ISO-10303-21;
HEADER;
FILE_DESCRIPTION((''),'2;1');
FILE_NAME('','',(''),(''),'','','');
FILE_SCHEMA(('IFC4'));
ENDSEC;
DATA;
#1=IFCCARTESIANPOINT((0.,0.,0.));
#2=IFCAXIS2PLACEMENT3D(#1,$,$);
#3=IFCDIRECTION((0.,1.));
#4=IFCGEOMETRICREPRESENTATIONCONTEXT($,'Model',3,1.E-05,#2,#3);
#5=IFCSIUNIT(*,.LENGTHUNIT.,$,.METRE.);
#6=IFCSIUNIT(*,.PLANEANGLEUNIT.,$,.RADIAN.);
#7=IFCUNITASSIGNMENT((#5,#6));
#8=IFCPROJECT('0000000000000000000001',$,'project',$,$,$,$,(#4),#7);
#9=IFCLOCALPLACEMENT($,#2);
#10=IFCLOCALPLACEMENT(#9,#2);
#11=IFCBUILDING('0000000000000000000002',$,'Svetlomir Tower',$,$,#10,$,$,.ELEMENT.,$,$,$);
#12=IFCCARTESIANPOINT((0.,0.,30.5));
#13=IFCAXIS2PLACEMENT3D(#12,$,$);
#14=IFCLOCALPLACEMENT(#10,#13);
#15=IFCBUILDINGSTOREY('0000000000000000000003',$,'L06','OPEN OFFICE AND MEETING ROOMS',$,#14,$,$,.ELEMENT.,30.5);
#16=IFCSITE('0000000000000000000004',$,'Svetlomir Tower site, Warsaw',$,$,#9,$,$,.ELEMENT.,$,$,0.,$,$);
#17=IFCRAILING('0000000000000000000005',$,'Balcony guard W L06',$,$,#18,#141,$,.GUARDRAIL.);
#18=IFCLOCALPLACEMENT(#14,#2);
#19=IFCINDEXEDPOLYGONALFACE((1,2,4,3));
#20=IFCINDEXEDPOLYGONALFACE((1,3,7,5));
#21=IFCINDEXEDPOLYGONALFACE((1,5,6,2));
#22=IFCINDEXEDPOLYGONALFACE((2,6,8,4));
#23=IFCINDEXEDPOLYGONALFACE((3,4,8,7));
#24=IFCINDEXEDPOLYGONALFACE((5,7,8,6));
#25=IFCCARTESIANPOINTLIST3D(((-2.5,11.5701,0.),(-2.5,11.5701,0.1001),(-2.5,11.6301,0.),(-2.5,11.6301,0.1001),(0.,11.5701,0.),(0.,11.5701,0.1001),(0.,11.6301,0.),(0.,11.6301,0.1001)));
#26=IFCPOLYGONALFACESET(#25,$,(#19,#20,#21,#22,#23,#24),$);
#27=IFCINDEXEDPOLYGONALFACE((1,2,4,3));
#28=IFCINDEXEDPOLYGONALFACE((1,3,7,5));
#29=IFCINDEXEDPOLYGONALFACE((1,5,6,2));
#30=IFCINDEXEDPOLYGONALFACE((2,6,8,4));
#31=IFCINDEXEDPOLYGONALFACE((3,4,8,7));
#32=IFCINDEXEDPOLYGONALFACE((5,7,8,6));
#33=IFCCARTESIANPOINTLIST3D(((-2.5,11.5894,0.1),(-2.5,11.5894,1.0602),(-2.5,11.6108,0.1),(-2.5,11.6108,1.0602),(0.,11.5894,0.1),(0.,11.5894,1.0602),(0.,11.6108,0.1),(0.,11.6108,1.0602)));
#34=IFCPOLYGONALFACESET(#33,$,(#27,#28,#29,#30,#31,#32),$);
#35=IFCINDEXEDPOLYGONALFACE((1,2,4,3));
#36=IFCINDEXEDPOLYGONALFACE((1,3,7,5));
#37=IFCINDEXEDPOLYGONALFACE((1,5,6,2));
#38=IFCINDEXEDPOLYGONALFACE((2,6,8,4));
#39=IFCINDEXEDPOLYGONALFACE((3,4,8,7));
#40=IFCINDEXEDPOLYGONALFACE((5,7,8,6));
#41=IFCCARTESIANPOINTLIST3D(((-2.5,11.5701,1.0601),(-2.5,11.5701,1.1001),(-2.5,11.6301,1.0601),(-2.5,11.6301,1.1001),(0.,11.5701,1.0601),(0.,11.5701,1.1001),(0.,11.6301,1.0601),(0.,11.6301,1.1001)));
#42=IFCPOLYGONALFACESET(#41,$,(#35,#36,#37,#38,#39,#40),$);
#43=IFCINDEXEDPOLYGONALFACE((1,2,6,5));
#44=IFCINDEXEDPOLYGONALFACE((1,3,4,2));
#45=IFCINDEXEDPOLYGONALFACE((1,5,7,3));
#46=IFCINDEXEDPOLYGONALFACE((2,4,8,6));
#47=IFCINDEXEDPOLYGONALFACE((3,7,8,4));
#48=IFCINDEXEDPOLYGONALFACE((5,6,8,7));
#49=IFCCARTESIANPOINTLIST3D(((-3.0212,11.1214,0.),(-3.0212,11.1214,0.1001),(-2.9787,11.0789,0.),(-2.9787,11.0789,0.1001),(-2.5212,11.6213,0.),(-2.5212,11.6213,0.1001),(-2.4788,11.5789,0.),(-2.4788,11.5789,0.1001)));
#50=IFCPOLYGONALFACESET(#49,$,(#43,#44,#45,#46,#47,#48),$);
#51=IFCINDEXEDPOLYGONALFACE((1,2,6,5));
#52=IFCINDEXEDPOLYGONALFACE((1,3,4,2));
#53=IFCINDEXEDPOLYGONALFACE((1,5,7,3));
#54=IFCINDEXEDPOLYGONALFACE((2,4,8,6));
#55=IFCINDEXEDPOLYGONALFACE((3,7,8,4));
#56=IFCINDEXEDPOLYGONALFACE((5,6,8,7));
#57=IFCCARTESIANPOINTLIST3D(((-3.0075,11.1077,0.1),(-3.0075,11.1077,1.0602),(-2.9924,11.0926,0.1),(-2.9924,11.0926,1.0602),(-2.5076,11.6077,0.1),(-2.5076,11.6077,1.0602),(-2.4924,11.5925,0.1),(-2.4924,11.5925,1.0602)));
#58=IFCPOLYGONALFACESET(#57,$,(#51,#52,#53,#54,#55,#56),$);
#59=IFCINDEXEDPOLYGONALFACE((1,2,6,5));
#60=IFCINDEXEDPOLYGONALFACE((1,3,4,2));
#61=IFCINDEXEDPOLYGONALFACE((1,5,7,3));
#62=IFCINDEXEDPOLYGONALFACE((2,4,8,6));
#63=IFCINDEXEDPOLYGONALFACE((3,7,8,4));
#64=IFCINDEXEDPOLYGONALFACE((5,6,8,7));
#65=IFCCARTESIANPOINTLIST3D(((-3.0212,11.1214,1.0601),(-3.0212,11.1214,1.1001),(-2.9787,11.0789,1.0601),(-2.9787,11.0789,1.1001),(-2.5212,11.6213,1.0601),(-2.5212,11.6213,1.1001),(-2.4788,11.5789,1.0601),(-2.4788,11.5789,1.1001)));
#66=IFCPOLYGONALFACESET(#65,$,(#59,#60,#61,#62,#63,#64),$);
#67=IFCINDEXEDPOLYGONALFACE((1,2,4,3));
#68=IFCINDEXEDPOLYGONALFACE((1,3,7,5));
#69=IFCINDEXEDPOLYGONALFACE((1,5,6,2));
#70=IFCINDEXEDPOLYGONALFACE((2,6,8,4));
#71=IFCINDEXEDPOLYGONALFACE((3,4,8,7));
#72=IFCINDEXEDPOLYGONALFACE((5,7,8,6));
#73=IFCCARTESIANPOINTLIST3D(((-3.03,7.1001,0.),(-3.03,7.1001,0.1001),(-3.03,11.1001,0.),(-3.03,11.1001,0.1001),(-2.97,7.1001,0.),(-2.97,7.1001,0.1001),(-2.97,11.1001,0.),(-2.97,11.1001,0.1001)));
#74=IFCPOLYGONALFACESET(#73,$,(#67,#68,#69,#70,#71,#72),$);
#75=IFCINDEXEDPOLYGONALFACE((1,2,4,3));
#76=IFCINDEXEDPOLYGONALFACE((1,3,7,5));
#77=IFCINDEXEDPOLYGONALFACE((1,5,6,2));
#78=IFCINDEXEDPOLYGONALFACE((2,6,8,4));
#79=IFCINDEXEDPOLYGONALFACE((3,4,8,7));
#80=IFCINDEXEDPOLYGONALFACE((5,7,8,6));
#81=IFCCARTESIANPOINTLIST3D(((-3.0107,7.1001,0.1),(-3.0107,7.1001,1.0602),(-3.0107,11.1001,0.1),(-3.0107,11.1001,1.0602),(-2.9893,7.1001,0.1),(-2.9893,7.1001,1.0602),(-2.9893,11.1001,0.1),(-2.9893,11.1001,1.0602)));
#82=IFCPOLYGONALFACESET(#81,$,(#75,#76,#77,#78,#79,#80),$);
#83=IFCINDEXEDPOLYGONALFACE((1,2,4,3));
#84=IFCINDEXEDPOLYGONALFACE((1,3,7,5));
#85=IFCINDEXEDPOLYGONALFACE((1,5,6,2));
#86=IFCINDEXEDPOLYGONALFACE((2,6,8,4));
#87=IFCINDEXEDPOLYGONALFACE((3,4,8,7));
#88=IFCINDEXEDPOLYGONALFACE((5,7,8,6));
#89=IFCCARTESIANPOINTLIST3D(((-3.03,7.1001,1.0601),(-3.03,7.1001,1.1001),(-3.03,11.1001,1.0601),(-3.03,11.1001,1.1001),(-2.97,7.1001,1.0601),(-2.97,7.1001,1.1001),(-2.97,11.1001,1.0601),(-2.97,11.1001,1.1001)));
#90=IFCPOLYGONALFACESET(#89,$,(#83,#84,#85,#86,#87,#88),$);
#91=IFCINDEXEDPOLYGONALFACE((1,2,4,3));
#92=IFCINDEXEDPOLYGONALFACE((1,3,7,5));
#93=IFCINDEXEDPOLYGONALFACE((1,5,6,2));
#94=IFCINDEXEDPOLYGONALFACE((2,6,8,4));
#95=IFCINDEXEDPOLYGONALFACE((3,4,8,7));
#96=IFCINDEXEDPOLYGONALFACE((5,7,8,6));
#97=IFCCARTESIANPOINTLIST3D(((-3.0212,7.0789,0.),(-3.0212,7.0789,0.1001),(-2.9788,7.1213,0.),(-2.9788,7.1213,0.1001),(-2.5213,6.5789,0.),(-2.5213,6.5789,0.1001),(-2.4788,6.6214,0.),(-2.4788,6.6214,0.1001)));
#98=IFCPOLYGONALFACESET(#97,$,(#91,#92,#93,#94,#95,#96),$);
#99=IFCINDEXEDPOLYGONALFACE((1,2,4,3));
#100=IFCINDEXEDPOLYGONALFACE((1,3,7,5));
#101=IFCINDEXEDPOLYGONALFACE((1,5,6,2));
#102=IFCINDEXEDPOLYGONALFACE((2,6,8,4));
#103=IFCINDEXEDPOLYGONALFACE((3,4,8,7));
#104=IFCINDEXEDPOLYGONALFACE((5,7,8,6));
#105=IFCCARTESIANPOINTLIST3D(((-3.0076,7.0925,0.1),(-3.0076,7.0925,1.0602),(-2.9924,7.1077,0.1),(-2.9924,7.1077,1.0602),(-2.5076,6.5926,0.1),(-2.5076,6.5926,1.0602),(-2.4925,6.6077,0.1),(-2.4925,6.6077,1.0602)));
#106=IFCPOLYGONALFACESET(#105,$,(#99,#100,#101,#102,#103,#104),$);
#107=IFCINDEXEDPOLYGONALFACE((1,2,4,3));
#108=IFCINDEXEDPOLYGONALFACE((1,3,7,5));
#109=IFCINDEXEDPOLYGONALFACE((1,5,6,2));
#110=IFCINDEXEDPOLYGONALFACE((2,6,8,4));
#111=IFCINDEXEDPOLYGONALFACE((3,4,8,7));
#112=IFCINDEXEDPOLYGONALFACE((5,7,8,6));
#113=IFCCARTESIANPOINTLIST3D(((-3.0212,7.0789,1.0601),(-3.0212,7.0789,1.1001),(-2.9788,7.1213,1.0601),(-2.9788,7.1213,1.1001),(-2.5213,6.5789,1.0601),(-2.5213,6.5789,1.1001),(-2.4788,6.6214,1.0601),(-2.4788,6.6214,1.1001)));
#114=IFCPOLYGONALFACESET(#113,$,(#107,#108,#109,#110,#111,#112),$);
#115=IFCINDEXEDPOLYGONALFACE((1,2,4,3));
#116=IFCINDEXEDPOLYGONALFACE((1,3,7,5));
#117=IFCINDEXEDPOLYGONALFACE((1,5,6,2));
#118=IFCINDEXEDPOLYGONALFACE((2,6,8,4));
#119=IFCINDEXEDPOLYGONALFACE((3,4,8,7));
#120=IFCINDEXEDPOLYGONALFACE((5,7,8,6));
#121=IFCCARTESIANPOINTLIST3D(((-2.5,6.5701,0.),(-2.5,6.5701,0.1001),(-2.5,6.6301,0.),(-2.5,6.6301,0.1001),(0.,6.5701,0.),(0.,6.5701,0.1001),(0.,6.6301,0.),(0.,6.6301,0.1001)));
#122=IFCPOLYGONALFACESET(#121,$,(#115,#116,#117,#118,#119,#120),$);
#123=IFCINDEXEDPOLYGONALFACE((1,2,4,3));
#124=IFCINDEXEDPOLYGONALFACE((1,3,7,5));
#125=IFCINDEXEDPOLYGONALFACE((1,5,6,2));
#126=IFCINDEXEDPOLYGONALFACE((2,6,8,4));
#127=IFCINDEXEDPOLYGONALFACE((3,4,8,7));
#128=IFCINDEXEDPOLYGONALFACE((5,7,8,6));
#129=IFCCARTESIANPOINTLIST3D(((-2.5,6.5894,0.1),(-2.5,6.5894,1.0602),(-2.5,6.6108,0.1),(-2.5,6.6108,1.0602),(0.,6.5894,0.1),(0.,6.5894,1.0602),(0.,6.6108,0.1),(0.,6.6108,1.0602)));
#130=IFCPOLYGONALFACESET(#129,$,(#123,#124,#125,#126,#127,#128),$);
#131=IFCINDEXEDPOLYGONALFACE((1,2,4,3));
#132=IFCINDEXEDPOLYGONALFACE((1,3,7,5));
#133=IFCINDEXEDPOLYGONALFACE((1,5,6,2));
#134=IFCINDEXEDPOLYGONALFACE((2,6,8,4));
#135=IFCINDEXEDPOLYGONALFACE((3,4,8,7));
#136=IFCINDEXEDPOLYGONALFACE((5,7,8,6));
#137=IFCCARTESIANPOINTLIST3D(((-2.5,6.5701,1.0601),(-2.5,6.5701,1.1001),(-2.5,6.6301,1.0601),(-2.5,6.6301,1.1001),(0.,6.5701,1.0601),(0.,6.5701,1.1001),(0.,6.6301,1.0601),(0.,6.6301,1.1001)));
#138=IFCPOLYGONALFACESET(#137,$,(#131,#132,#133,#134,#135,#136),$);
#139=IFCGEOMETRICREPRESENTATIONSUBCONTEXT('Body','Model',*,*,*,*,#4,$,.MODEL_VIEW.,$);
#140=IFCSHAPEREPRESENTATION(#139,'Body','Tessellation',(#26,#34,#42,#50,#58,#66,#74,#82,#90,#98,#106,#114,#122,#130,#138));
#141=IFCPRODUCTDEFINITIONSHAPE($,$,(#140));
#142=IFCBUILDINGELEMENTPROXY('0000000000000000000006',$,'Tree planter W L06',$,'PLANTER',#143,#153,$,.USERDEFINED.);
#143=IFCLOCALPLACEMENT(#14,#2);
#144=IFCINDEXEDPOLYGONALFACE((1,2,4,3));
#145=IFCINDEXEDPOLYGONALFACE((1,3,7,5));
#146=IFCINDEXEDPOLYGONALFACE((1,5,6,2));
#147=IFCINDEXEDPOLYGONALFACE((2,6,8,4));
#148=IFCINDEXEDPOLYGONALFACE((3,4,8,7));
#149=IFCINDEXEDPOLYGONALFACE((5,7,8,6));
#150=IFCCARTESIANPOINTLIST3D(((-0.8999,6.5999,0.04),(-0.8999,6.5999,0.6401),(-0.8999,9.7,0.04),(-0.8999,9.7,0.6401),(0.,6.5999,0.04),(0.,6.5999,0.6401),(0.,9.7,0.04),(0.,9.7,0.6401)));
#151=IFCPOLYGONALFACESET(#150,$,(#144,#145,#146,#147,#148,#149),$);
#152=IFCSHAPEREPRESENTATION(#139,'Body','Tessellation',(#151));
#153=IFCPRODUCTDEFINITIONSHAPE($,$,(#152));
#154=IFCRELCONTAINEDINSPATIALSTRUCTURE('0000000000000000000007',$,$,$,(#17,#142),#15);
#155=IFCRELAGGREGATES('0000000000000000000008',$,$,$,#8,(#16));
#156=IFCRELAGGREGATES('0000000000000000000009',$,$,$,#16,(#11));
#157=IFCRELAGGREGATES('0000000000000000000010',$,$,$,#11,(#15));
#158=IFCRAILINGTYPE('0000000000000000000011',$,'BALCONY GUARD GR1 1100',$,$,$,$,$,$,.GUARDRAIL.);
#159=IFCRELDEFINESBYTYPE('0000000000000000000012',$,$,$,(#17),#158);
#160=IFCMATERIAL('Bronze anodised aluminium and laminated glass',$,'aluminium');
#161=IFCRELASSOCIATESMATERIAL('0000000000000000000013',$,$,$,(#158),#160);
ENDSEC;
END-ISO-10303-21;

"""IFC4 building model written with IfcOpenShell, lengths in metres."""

from ifc_helpers import new_model, si_unit, direction, frame, origin, origin_2d, place, context, subcontext, project, spatial, rectangle, extrude, material, type_object, element, save


model = new_model("IFC4")

# Units and contexts
model_context = context("Model", 3, precision=1e-05, world=origin(), true_north=direction((0.0, 1.0)))
body_context = subcontext(model_context, "Body", "Model", "MODEL_VIEW")
ifc_project = project(units=[si_unit("LENGTHUNIT", "METRE"), si_unit("PLANEANGLEUNIT", "RADIAN")], contexts=[model_context])

# Site, building, storey
site_placement = place(None, origin())
site = spatial("IfcSite", under=ifc_project, at=site_placement, Name="Svetlomir Tower site, Warsaw", CompositionType="ELEMENT", RefElevation=0.0)
building_placement = place(site_placement, origin())
building = spatial("IfcBuilding", under=site, at=building_placement, Name="Svetlomir Tower", CompositionType="ELEMENT")
storey_placement = place(building_placement, frame((0.0, 0.0, 30.5)))
storey = spatial("IfcBuildingStorey", under=building, at=storey_placement, Name="L06", Description="OPEN OFFICE AND MEETING ROOMS", CompositionType="ELEMENT", Elevation=30.5)

# Railing
ifc_material_1 = material(Name="Bronze anodised aluminium and laminated glass", Category="aluminium")
railing_type = type_object("IfcRailingType", Name="BALCONY GUARD GR1 1100", PredefinedType="GUARDRAIL", material=ifc_material_1)
railing_placement = place(storey_placement, frame((0.0, 11.6001, 0.0)))
element("IfcRailing", 1, at=railing_placement, inside=storey, type_object=railing_type, Name="Balcony guard W L06", PredefinedType="GUARDRAIL", context=body_context, shape_type="SweptSolid", body=[
    extrude(rectangle(XDim=0.0601, YDim=0.1001, at=origin_2d()), frame((0.0, 0.0, 0.05), z_axis=(-1.0, 0.0, 0.0), x_axis=(0.0, -1.0, 0.0)), (0.0, 0.0, 1.0), 2.5),
    extrude(rectangle(XDim=0.0215, YDim=0.9602, at=origin_2d()), frame((0.0, 0.0, 0.5801), z_axis=(-1.0, 0.0, 0.0), x_axis=(0.0, -1.0, 0.0)), (0.0, 0.0, 1.0), 2.5),
    extrude(rectangle(XDim=0.0601, YDim=0.04, at=origin_2d()), frame((0.0, 0.0, 1.0801), z_axis=(-1.0, 0.0, 0.0), x_axis=(0.0, -1.0, 0.0)), (0.0, 0.0, 1.0), 2.5),
    extrude(rectangle(XDim=0.0601, YDim=0.1001, at=origin_2d()), frame((-2.5, 0.0, 0.05), z_axis=(-0.707107, -0.707107, 0.0), x_axis=(0.707107, -0.707107, 0.0)), (0.0, 0.0, 1.0), 0.707),
    extrude(rectangle(XDim=0.0215, YDim=0.9602, at=origin_2d()), frame((-2.5, 0.0, 0.5801), z_axis=(-0.707107, -0.707107, 0.0), x_axis=(0.707107, -0.707107, 0.0)), (0.0, 0.0, 1.0), 0.707),
    extrude(rectangle(XDim=0.0601, YDim=0.04, at=origin_2d()), frame((-2.5, 0.0, 1.0801), z_axis=(-0.707107, -0.707107, 0.0), x_axis=(0.707107, -0.707107, 0.0)), (0.0, 0.0, 1.0), 0.707),
    extrude(rectangle(XDim=0.0601, YDim=0.1001, at=origin_2d()), frame((-3.0, -0.5, 0.05), z_axis=(0.0, -1.0, 0.0), x_axis=(1.0, 0.0, 0.0)), (0.0, 0.0, 1.0), 4.0),
    extrude(rectangle(XDim=0.0215, YDim=0.9602, at=origin_2d()), frame((-3.0, -0.5, 0.5801), z_axis=(0.0, -1.0, 0.0), x_axis=(1.0, 0.0, 0.0)), (0.0, 0.0, 1.0), 4.0),
    extrude(rectangle(XDim=0.0601, YDim=0.04, at=origin_2d()), frame((-3.0, -0.5, 1.0801), z_axis=(0.0, -1.0, 0.0), x_axis=(1.0, 0.0, 0.0)), (0.0, 0.0, 1.0), 4.0),
    extrude(rectangle(XDim=0.0601, YDim=0.1001, at=origin_2d()), frame((-3.0, -4.5, 0.05), z_axis=(0.707107, -0.707107, 0.0), x_axis=(0.707107, 0.707107, 0.0)), (0.0, 0.0, 1.0), 0.707),
    extrude(rectangle(XDim=0.0215, YDim=0.9602, at=origin_2d()), frame((-3.0, -4.5, 0.5801), z_axis=(0.707107, -0.707107, 0.0), x_axis=(0.707107, 0.707107, 0.0)), (0.0, 0.0, 1.0), 0.707),
    extrude(rectangle(XDim=0.0601, YDim=0.04, at=origin_2d()), frame((-3.0, -4.5, 1.0801), z_axis=(0.707107, -0.707107, 0.0), x_axis=(0.707107, 0.707107, 0.0)), (0.0, 0.0, 1.0), 0.707),
    extrude(rectangle(XDim=0.0601, YDim=0.1001, at=origin_2d()), frame((-2.5, -5.0, 0.05), z_axis=(1.0, 0.0, 0.0), x_axis=(0.0, 1.0, 0.0)), (0.0, 0.0, 1.0), 2.5),
    extrude(rectangle(XDim=0.0215, YDim=0.9602, at=origin_2d()), frame((-2.5, -5.0, 0.5801), z_axis=(1.0, 0.0, 0.0), x_axis=(0.0, 1.0, 0.0)), (0.0, 0.0, 1.0), 2.5),
    extrude(rectangle(XDim=0.0601, YDim=0.04, at=origin_2d()), frame((-2.5, -5.0, 1.0801), z_axis=(1.0, 0.0, 0.0), x_axis=(0.0, 1.0, 0.0)), (0.0, 0.0, 1.0), 2.5),
])

# Building element proxy
proxy_placement = place(storey_placement, frame((-0.45, 8.1499, 0.04), z_axis=(0.0, 0.0, 1.0), x_axis=(1.0, 0.0, 0.0)))
element("IfcBuildingElementProxy", 2, at=proxy_placement, inside=storey, Name="Tree planter W L06", ObjectType="PLANTER", PredefinedType="USERDEFINED", context=body_context, shape_type="SweptSolid", body=[
    extrude(rectangle(XDim=0.8999, YDim=3.1001, at=origin_2d()), origin(), (0.0, 0.0, 1.0), 0.6001),
])

save(model, "model.ifc")
